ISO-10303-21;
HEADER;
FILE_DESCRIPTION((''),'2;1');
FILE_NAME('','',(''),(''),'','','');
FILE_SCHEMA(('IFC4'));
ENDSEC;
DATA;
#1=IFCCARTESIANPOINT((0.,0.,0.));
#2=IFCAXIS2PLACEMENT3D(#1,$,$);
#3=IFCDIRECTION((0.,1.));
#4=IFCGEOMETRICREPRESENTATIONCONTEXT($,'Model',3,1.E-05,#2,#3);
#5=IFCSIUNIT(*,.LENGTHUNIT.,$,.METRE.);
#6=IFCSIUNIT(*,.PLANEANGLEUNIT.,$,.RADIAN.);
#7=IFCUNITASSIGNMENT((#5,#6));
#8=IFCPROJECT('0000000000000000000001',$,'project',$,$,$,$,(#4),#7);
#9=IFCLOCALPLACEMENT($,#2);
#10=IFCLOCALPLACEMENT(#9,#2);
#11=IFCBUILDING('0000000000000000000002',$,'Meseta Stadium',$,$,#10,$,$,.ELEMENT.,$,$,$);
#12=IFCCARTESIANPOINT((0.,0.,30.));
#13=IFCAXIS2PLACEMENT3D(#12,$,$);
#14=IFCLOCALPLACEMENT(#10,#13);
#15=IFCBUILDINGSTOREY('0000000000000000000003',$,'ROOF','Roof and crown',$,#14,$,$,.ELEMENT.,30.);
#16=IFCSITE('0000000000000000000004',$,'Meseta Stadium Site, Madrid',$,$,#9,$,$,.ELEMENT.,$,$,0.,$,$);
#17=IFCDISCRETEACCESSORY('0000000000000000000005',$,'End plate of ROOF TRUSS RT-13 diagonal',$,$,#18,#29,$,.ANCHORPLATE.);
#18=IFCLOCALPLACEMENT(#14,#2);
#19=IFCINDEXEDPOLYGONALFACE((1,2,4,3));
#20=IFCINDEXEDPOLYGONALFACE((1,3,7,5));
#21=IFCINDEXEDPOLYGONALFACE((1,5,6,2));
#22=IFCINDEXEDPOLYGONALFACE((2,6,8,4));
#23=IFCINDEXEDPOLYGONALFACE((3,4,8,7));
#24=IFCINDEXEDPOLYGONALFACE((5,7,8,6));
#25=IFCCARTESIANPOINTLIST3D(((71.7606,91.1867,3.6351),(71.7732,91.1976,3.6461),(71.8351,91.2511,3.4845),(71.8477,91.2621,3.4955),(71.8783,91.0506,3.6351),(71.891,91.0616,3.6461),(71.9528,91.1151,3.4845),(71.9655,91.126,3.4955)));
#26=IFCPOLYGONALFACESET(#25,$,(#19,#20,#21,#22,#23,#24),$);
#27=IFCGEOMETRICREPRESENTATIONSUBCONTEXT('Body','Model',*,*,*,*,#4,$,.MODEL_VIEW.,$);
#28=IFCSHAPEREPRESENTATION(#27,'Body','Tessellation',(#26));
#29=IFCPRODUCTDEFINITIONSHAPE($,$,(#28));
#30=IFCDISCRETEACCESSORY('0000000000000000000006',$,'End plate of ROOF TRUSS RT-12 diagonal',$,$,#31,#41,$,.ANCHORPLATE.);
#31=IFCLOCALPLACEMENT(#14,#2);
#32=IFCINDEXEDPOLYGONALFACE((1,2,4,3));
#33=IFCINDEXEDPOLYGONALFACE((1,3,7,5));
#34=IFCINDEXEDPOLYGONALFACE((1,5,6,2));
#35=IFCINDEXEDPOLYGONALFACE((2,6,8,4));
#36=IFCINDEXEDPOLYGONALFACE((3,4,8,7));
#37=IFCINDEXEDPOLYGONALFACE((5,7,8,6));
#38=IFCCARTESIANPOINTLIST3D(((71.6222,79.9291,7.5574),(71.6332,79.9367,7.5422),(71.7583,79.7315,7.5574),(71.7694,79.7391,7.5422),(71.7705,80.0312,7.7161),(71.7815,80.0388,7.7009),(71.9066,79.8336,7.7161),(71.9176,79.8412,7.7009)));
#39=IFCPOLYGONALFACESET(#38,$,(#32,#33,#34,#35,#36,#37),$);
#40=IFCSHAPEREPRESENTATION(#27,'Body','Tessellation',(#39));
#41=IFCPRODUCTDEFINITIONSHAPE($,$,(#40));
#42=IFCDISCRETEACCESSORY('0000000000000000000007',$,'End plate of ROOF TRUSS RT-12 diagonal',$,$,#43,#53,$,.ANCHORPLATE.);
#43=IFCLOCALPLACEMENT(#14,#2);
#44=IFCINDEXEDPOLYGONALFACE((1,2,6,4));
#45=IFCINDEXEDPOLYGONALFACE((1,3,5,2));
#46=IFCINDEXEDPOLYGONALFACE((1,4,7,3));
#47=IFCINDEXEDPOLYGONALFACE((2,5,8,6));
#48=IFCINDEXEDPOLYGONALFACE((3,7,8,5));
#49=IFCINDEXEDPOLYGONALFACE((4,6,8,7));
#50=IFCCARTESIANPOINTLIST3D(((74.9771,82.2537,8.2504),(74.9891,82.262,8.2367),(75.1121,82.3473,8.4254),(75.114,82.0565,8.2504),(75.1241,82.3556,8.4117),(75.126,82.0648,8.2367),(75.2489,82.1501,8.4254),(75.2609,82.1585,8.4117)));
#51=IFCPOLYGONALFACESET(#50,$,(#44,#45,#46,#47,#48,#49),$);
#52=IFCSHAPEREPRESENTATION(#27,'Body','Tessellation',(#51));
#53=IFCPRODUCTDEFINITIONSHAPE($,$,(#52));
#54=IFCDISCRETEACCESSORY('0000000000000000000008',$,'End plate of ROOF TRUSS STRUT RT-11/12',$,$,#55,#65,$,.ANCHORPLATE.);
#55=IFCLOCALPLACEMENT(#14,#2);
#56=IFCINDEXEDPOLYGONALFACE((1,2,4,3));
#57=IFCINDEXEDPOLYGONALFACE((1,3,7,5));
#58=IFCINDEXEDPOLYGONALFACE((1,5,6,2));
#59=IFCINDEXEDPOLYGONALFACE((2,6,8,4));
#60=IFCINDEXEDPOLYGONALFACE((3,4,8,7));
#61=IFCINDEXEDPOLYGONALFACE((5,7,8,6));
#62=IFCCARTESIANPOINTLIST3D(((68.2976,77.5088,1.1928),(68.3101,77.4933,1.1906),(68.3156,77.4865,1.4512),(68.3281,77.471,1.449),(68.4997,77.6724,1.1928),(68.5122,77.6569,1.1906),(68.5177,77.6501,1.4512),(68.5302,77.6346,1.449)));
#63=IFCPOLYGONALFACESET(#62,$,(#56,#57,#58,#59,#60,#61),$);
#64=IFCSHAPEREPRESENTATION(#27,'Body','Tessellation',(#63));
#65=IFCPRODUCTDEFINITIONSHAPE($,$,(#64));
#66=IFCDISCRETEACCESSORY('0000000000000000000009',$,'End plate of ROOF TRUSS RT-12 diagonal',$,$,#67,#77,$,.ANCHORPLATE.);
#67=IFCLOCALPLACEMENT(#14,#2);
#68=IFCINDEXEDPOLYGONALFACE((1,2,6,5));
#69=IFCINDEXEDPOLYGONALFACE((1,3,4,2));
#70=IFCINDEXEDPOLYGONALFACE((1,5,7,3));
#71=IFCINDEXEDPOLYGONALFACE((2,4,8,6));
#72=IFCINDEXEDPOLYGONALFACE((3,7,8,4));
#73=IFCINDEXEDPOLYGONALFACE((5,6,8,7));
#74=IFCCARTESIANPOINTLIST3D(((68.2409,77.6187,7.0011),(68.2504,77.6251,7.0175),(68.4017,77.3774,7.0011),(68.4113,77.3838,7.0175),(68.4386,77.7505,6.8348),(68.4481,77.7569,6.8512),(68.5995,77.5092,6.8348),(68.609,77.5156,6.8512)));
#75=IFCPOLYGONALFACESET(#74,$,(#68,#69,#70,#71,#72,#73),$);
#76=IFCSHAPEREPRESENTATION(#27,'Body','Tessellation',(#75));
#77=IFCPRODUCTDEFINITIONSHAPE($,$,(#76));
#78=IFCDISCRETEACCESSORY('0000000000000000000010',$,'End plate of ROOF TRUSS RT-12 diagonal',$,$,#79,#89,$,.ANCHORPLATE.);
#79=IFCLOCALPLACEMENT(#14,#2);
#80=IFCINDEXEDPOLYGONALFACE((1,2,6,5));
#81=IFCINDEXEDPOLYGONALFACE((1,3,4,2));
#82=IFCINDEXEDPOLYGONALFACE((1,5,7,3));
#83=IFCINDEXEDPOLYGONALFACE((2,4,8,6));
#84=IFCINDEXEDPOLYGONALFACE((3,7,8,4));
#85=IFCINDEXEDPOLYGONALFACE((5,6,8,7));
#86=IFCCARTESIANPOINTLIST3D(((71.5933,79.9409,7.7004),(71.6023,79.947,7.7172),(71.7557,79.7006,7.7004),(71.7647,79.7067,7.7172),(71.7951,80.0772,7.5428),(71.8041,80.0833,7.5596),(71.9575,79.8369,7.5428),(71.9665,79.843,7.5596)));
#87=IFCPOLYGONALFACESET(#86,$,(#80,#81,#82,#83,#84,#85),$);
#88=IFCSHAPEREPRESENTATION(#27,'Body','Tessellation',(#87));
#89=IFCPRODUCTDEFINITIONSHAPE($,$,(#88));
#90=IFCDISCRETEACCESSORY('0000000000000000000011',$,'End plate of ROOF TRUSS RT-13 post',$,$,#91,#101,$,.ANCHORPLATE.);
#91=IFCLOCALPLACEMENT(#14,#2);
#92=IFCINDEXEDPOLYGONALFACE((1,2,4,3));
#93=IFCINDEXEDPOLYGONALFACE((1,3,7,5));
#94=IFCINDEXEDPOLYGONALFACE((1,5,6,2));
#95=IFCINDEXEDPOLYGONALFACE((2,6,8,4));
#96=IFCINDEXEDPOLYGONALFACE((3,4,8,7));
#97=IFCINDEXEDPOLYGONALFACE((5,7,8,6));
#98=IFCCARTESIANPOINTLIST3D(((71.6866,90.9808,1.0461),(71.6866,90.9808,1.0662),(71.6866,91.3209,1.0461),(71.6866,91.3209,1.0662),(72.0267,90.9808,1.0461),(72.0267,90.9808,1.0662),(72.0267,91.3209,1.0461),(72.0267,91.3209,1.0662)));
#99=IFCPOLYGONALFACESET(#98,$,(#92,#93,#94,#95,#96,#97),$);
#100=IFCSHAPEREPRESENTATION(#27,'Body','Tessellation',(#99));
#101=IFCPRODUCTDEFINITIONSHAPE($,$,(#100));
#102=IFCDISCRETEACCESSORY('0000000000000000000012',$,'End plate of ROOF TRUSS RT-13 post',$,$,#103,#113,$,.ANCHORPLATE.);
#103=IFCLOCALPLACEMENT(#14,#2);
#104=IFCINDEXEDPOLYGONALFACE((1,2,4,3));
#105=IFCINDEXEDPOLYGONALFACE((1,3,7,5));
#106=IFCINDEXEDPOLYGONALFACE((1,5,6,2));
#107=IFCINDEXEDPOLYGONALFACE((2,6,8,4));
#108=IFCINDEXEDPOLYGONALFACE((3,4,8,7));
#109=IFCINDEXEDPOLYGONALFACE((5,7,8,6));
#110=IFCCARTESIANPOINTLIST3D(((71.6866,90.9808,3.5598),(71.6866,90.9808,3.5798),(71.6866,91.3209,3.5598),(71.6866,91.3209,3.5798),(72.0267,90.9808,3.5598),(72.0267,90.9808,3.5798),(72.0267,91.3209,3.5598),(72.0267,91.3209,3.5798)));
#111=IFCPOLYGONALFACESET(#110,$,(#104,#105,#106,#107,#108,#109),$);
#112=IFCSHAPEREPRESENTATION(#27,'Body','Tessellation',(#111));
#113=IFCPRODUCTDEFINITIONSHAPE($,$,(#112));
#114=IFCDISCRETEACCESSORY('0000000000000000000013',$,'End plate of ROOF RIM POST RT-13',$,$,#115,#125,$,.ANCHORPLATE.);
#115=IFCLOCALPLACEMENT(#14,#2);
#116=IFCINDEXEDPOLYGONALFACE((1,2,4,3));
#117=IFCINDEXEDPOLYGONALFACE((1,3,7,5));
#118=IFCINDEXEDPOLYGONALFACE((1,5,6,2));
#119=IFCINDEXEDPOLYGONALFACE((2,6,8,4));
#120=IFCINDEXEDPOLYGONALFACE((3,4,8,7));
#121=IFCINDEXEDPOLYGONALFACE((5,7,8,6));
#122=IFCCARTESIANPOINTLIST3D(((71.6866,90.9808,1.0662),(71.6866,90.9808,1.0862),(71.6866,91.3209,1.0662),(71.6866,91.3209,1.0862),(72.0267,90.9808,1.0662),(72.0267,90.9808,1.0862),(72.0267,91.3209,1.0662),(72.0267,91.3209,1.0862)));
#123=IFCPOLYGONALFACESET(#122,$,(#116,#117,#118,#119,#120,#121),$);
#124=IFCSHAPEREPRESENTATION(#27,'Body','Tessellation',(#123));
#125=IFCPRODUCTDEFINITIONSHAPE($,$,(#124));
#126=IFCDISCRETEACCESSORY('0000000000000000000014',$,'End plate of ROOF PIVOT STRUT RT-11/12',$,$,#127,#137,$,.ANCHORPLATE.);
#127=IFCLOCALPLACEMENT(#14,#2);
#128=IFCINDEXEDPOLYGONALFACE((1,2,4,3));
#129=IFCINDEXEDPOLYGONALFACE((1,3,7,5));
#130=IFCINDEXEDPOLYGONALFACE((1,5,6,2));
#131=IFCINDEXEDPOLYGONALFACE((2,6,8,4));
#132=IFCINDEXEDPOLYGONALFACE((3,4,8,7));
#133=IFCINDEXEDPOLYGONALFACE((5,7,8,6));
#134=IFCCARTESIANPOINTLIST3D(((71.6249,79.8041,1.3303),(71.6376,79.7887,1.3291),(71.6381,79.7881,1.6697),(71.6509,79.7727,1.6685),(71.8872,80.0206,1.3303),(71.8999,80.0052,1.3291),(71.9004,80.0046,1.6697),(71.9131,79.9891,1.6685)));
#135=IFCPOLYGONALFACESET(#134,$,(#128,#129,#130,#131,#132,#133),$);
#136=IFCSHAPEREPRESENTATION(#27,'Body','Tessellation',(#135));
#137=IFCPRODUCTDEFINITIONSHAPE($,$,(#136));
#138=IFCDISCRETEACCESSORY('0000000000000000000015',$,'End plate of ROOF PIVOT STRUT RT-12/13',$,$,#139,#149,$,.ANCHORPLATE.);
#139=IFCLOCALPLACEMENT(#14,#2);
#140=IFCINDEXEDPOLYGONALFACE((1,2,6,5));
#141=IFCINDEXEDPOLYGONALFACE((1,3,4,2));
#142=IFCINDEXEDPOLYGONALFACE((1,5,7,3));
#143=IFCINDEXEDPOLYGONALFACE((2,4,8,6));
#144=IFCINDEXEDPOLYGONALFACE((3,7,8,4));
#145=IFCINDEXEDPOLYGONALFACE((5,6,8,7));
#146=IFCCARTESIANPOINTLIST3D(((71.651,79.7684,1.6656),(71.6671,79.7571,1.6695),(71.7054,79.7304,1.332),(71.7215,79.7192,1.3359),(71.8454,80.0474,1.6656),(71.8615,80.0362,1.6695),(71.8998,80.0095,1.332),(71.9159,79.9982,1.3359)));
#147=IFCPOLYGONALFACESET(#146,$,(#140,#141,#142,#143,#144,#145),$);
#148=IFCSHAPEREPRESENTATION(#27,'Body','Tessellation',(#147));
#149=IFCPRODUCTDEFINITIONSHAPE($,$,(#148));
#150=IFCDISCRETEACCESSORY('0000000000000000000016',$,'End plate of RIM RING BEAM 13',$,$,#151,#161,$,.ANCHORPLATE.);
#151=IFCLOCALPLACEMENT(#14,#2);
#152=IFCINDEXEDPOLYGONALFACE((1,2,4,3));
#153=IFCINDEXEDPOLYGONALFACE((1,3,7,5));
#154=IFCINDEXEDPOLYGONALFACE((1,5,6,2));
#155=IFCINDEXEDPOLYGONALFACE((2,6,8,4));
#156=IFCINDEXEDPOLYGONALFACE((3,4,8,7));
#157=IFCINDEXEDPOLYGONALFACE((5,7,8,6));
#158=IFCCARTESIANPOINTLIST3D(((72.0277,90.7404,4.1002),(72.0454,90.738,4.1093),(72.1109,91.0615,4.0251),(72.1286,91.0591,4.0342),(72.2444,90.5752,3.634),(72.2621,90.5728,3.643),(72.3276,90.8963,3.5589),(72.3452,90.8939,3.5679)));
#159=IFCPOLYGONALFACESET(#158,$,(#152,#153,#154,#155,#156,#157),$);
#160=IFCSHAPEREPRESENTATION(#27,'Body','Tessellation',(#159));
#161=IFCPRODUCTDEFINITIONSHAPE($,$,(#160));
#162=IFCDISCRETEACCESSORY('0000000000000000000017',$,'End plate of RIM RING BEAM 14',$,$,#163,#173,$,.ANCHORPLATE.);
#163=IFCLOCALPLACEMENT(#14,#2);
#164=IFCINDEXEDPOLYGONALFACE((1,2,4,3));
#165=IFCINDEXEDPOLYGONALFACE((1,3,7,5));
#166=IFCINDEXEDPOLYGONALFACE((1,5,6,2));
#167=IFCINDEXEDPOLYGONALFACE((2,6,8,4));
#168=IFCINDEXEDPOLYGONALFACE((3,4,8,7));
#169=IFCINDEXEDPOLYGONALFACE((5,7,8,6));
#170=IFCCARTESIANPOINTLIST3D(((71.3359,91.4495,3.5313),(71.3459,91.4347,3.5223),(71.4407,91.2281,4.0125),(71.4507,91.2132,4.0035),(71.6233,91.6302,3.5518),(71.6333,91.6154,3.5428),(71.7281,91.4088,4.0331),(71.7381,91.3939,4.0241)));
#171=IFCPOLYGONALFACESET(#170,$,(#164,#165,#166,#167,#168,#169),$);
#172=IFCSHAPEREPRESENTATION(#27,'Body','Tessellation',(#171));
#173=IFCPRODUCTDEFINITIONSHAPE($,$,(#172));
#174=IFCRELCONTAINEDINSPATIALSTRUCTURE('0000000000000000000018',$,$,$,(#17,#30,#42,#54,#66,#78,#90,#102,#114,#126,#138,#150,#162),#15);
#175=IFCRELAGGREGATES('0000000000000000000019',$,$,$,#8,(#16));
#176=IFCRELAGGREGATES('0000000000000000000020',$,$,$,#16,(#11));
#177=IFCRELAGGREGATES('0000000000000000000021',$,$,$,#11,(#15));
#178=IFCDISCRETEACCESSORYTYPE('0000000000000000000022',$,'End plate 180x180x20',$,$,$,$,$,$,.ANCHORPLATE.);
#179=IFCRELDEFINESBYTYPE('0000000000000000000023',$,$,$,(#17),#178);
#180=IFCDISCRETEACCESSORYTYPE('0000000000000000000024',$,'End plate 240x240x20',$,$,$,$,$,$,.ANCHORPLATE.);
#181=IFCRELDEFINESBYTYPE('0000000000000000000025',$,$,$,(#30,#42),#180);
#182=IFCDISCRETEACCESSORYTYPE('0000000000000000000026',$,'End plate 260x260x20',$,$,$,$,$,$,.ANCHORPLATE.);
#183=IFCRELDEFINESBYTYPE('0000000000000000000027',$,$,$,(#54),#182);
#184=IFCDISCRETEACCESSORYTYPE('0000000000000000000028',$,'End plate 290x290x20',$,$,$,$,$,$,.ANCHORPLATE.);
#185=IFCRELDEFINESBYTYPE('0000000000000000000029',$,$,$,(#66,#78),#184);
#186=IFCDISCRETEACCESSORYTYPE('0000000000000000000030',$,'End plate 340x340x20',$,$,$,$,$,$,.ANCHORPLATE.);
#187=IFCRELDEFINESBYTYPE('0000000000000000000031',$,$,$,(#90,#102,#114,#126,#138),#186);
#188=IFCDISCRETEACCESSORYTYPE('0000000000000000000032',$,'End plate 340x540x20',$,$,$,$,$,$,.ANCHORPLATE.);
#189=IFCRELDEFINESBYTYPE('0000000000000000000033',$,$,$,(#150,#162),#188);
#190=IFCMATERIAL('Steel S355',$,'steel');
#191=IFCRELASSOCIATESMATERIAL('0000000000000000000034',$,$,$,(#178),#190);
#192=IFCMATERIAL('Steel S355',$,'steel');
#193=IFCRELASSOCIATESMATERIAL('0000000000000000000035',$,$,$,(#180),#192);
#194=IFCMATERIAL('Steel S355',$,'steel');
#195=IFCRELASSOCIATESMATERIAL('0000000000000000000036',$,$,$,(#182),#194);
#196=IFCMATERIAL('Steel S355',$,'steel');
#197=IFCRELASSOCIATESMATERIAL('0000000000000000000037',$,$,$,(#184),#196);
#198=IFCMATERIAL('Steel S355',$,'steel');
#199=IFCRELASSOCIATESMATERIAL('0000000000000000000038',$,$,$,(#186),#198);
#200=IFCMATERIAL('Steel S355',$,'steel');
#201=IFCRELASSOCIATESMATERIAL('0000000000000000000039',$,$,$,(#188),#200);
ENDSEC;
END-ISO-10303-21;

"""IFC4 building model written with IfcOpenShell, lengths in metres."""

from ifc_helpers import new_model, si_unit, direction, frame, origin, origin_2d, place, context, subcontext, project, spatial, rectangle, extrude, material, material_profile, profile_set, type_object, element, save


model = new_model("IFC4")

# Units and contexts
model_context = context("Model", 3, precision=1e-05, world=origin(), true_north=direction((0.0, 1.0)))
body_context = subcontext(model_context, "Body", "Model", "MODEL_VIEW")
ifc_project = project(units=[si_unit("LENGTHUNIT", "METRE"), si_unit("PLANEANGLEUNIT", "RADIAN")], contexts=[model_context])

# Site, building, storey
site_placement = place(None, origin())
site = spatial("IfcSite", under=ifc_project, at=site_placement, Name="Meseta Stadium Site, Madrid", CompositionType="ELEMENT", RefElevation=0.0)
building_placement = place(site_placement, origin())
building = spatial("IfcBuilding", under=site, at=building_placement, Name="Meseta Stadium", CompositionType="ELEMENT")
storey_placement = place(building_placement, frame((0.0, 0.0, 30.0)))
storey = spatial("IfcBuildingStorey", under=building, at=storey_placement, Name="ROOF", Description="Roof and crown", CompositionType="ELEMENT", Elevation=30.0)

# Discrete accessories
ifc_material_1 = material(Name="Steel S355", Category="steel")
ifc_material_profile_1 = material_profile(ifc_material_1, rectangle(XDim=0.1799, YDim=0.1799, at=origin_2d()), Name="PL 180x180")
ifc_profile_set_1 = profile_set([ifc_material_profile_1], Name="Steel S355")
discrete_accessory_type_1 = type_object("IfcDiscreteAccessoryType", Name="End plate 180x180x20", PredefinedType="ANCHORPLATE", material=ifc_profile_set_1)
discrete_accessory_1_placement = place(storey_placement, frame((71.8567, 91.1509, 3.5598), z_axis=(0.632736, 0.54756, 0.54756), x_axis=(-0.654377, 0.756169, 0.0)))
element("IfcDiscreteAccessory", 1, at=discrete_accessory_1_placement, inside=storey, type_object=discrete_accessory_type_1, Name="End plate of ROOF TRUSS RT-13 diagonal", PredefinedType="ANCHORPLATE", context=body_context, shape_type="SweptSolid", body=[
    extrude(rectangle(XDim=0.1799, YDim=0.1799, at=origin_2d()), origin(), (0.0, 0.0, 1.0), 0.02),
])
ifc_material_2 = material(Name="Steel S355", Category="steel")
ifc_material_profile_2 = material_profile(ifc_material_2, rectangle(XDim=0.24, YDim=0.24, at=origin_2d()), Name="PL 240x240")
ifc_profile_set_2 = profile_set([ifc_material_profile_2], Name="Steel S355")
discrete_accessory_type_2 = type_object("IfcDiscreteAccessoryType", Name="End plate 240x240x20", PredefinedType="ANCHORPLATE", material=ifc_profile_set_2)
discrete_accessory_2_placement = place(storey_placement, frame((71.7644, 79.8813, 7.6367), z_axis=(0.544505, 0.375104, -0.750207), x_axis=(-0.567305, 0.823508, 0.0)))
element("IfcDiscreteAccessory", 2, at=discrete_accessory_2_placement, inside=storey, type_object=discrete_accessory_type_2, Name="End plate of ROOF TRUSS RT-12 diagonal", PredefinedType="ANCHORPLATE", context=body_context, shape_type="SweptSolid", body=[
    extrude(rectangle(XDim=0.24, YDim=0.24, at=origin_2d()), origin(), (0.0, 0.0, 1.0), 0.0203),
])
discrete_accessory_3_placement = place(storey_placement, frame((75.113, 82.2019, 8.3379), z_axis=(0.598943, 0.415593, -0.684507), x_axis=(-0.570082, 0.821588, 0.0)))
element("IfcDiscreteAccessory", 3, at=discrete_accessory_3_placement, inside=storey, type_object=discrete_accessory_type_2, Name="End plate of ROOF TRUSS RT-12 diagonal", PredefinedType="ANCHORPLATE", context=body_context, shape_type="SweptSolid", body=[
    extrude(rectangle(XDim=0.24, YDim=0.24, at=origin_2d()), origin(), (0.0, 0.0, 1.0), 0.02),
])
ifc_material_3 = material(Name="Steel S355", Category="steel")
ifc_material_profile_3 = material_profile(ifc_material_3, rectangle(XDim=0.26, YDim=0.26, at=origin_2d()), Name="PL 260x260")
ifc_profile_set_3 = profile_set([ifc_material_profile_3], Name="Steel S355")
discrete_accessory_type_3 = type_object("IfcDiscreteAccessoryType", Name="End plate 260x260x20", PredefinedType="ANCHORPLATE", material=ifc_profile_set_3)
discrete_accessory_4_placement = place(storey_placement, frame((68.4202, 77.564, 1.3198), z_axis=(-0.625355, 0.772497, 0.110357), x_axis=(-0.777245, -0.629198, 0.0)))
element("IfcDiscreteAccessory", 4, at=discrete_accessory_4_placement, inside=storey, type_object=discrete_accessory_type_3, Name="End plate of ROOF TRUSS STRUT RT-11/12", PredefinedType="ANCHORPLATE", context=body_context, shape_type="SweptSolid", body=[
    extrude(rectangle(XDim=0.26, YDim=0.26, at=origin_2d()), origin(), (0.0, 0.0, 1.0), 0.02),
])
ifc_material_4 = material(Name="Steel S355", Category="steel")
ifc_material_profile_4 = material_profile(ifc_material_4, rectangle(XDim=0.29, YDim=0.29, at=origin_2d()), Name="PL 290x290")
ifc_profile_set_4 = profile_set([ifc_material_profile_4], Name="Steel S355")
discrete_accessory_type_4 = type_object("IfcDiscreteAccessoryType", Name="End plate 290x290x20", PredefinedType="ANCHORPLATE", material=ifc_profile_set_4)
for number, where, z_axis, x_axis, name in (
    (5, (68.4202, 77.564, 6.918), (0.476959, 0.317973, 0.819392), (-0.5547, 0.83205, 0.0), "End plate of ROOF TRUSS RT-12 diagonal"),
    (6, (71.7754, 79.8889, 7.6216), (0.450183, 0.304178, 0.83953), (-0.559857, 0.828589, 0.0), "End plate of ROOF TRUSS RT-12 diagonal"),
):
    element("IfcDiscreteAccessory", number, at=place(storey_placement, frame(where, z_axis=z_axis, x_axis=x_axis)), inside=storey, type_object=discrete_accessory_type_4, Name=name, PredefinedType="ANCHORPLATE", context=body_context, shape_type="SweptSolid", body=[
        extrude(rectangle(XDim=0.29, YDim=0.29, at=origin_2d()), origin(), (0.0, 0.0, 1.0), 0.02),
    ])
ifc_material_5 = material(Name="Steel S355", Category="steel")
ifc_material_profile_5 = material_profile(ifc_material_5, rectangle(XDim=0.3401, YDim=0.3401, at=origin_2d()), Name="PL 340x340")
ifc_profile_set_5 = profile_set([ifc_material_profile_5], Name="Steel S355")
discrete_accessory_type_5 = type_object("IfcDiscreteAccessoryType", Name="End plate 340x340x20", PredefinedType="ANCHORPLATE", material=ifc_profile_set_5)
for number, where, z_axis, x_axis, name in (
    (7, (71.8567, 91.1509, 1.0461), (0.0, 0.0, 1.0), (1.0, 0.0, 0.0), "End plate of ROOF TRUSS RT-13 post"),
    (8, (71.8567, 91.1509, 3.5598), (0.0, 0.0, 1.0), (1.0, 0.0, 0.0), "End plate of ROOF TRUSS RT-13 post"),
    (9, (71.8567, 91.1509, 1.0662), (0.0, 0.0, 1.0), (1.0, 0.0, 0.0), "End plate of ROOF RIM POST RT-13"),
    (10, (71.7754, 79.8889, 1.4988), (-0.635376, 0.769782, 0.061094), (-0.771223, -0.636565, 0.0), "End plate of ROOF PIVOT STRUT RT-11/12"),
    (11, (71.7915, 79.8777, 1.5027), (-0.804639, 0.560809, -0.195064), (-0.571793, -0.820398, 0.0), "End plate of ROOF PIVOT STRUT RT-12/13"),
):
    element("IfcDiscreteAccessory", number, at=place(storey_placement, frame(where, z_axis=z_axis, x_axis=x_axis)), inside=storey, type_object=discrete_accessory_type_5, Name=name, PredefinedType="ANCHORPLATE", context=body_context, shape_type="SweptSolid", body=[
        extrude(rectangle(XDim=0.3401, YDim=0.3401, at=origin_2d()), origin(), (0.0, 0.0, 1.0), 0.02),
    ])
ifc_material_6 = material(Name="Steel S355", Category="steel")
ifc_material_profile_6 = material_profile(ifc_material_6, rectangle(XDim=0.3401, YDim=0.54, at=origin_2d()), Name="PL 340x540")
ifc_profile_set_6 = profile_set([ifc_material_profile_6], Name="Steel S355")
discrete_accessory_type_6 = type_object("IfcDiscreteAccessoryType", Name="End plate 340x540x20", PredefinedType="ANCHORPLATE", material=ifc_profile_set_6)
for number, where, z_axis, x_axis, name in (
    (12, (72.1953, 90.8159, 3.8386), (-0.882722, 0.1226, -0.453621), (-0.244614, -0.944138, 0.220833), "End plate of RIM RING BEAM 13"),
    (13, (71.542, 91.4143, 3.7732), (-0.498262, 0.741316, 0.449651), (-0.845025, -0.531298, -0.060455), "End plate of RIM RING BEAM 14"),
):
    element("IfcDiscreteAccessory", number, at=place(storey_placement, frame(where, z_axis=z_axis, x_axis=x_axis)), inside=storey, type_object=discrete_accessory_type_6, Name=name, PredefinedType="ANCHORPLATE", context=body_context, shape_type="SweptSolid", body=[
        extrude(rectangle(XDim=0.3401, YDim=0.54, at=origin_2d()), origin(), (0.0, 0.0, 1.0), 0.02),
    ])

save(model, "model.ifc")
